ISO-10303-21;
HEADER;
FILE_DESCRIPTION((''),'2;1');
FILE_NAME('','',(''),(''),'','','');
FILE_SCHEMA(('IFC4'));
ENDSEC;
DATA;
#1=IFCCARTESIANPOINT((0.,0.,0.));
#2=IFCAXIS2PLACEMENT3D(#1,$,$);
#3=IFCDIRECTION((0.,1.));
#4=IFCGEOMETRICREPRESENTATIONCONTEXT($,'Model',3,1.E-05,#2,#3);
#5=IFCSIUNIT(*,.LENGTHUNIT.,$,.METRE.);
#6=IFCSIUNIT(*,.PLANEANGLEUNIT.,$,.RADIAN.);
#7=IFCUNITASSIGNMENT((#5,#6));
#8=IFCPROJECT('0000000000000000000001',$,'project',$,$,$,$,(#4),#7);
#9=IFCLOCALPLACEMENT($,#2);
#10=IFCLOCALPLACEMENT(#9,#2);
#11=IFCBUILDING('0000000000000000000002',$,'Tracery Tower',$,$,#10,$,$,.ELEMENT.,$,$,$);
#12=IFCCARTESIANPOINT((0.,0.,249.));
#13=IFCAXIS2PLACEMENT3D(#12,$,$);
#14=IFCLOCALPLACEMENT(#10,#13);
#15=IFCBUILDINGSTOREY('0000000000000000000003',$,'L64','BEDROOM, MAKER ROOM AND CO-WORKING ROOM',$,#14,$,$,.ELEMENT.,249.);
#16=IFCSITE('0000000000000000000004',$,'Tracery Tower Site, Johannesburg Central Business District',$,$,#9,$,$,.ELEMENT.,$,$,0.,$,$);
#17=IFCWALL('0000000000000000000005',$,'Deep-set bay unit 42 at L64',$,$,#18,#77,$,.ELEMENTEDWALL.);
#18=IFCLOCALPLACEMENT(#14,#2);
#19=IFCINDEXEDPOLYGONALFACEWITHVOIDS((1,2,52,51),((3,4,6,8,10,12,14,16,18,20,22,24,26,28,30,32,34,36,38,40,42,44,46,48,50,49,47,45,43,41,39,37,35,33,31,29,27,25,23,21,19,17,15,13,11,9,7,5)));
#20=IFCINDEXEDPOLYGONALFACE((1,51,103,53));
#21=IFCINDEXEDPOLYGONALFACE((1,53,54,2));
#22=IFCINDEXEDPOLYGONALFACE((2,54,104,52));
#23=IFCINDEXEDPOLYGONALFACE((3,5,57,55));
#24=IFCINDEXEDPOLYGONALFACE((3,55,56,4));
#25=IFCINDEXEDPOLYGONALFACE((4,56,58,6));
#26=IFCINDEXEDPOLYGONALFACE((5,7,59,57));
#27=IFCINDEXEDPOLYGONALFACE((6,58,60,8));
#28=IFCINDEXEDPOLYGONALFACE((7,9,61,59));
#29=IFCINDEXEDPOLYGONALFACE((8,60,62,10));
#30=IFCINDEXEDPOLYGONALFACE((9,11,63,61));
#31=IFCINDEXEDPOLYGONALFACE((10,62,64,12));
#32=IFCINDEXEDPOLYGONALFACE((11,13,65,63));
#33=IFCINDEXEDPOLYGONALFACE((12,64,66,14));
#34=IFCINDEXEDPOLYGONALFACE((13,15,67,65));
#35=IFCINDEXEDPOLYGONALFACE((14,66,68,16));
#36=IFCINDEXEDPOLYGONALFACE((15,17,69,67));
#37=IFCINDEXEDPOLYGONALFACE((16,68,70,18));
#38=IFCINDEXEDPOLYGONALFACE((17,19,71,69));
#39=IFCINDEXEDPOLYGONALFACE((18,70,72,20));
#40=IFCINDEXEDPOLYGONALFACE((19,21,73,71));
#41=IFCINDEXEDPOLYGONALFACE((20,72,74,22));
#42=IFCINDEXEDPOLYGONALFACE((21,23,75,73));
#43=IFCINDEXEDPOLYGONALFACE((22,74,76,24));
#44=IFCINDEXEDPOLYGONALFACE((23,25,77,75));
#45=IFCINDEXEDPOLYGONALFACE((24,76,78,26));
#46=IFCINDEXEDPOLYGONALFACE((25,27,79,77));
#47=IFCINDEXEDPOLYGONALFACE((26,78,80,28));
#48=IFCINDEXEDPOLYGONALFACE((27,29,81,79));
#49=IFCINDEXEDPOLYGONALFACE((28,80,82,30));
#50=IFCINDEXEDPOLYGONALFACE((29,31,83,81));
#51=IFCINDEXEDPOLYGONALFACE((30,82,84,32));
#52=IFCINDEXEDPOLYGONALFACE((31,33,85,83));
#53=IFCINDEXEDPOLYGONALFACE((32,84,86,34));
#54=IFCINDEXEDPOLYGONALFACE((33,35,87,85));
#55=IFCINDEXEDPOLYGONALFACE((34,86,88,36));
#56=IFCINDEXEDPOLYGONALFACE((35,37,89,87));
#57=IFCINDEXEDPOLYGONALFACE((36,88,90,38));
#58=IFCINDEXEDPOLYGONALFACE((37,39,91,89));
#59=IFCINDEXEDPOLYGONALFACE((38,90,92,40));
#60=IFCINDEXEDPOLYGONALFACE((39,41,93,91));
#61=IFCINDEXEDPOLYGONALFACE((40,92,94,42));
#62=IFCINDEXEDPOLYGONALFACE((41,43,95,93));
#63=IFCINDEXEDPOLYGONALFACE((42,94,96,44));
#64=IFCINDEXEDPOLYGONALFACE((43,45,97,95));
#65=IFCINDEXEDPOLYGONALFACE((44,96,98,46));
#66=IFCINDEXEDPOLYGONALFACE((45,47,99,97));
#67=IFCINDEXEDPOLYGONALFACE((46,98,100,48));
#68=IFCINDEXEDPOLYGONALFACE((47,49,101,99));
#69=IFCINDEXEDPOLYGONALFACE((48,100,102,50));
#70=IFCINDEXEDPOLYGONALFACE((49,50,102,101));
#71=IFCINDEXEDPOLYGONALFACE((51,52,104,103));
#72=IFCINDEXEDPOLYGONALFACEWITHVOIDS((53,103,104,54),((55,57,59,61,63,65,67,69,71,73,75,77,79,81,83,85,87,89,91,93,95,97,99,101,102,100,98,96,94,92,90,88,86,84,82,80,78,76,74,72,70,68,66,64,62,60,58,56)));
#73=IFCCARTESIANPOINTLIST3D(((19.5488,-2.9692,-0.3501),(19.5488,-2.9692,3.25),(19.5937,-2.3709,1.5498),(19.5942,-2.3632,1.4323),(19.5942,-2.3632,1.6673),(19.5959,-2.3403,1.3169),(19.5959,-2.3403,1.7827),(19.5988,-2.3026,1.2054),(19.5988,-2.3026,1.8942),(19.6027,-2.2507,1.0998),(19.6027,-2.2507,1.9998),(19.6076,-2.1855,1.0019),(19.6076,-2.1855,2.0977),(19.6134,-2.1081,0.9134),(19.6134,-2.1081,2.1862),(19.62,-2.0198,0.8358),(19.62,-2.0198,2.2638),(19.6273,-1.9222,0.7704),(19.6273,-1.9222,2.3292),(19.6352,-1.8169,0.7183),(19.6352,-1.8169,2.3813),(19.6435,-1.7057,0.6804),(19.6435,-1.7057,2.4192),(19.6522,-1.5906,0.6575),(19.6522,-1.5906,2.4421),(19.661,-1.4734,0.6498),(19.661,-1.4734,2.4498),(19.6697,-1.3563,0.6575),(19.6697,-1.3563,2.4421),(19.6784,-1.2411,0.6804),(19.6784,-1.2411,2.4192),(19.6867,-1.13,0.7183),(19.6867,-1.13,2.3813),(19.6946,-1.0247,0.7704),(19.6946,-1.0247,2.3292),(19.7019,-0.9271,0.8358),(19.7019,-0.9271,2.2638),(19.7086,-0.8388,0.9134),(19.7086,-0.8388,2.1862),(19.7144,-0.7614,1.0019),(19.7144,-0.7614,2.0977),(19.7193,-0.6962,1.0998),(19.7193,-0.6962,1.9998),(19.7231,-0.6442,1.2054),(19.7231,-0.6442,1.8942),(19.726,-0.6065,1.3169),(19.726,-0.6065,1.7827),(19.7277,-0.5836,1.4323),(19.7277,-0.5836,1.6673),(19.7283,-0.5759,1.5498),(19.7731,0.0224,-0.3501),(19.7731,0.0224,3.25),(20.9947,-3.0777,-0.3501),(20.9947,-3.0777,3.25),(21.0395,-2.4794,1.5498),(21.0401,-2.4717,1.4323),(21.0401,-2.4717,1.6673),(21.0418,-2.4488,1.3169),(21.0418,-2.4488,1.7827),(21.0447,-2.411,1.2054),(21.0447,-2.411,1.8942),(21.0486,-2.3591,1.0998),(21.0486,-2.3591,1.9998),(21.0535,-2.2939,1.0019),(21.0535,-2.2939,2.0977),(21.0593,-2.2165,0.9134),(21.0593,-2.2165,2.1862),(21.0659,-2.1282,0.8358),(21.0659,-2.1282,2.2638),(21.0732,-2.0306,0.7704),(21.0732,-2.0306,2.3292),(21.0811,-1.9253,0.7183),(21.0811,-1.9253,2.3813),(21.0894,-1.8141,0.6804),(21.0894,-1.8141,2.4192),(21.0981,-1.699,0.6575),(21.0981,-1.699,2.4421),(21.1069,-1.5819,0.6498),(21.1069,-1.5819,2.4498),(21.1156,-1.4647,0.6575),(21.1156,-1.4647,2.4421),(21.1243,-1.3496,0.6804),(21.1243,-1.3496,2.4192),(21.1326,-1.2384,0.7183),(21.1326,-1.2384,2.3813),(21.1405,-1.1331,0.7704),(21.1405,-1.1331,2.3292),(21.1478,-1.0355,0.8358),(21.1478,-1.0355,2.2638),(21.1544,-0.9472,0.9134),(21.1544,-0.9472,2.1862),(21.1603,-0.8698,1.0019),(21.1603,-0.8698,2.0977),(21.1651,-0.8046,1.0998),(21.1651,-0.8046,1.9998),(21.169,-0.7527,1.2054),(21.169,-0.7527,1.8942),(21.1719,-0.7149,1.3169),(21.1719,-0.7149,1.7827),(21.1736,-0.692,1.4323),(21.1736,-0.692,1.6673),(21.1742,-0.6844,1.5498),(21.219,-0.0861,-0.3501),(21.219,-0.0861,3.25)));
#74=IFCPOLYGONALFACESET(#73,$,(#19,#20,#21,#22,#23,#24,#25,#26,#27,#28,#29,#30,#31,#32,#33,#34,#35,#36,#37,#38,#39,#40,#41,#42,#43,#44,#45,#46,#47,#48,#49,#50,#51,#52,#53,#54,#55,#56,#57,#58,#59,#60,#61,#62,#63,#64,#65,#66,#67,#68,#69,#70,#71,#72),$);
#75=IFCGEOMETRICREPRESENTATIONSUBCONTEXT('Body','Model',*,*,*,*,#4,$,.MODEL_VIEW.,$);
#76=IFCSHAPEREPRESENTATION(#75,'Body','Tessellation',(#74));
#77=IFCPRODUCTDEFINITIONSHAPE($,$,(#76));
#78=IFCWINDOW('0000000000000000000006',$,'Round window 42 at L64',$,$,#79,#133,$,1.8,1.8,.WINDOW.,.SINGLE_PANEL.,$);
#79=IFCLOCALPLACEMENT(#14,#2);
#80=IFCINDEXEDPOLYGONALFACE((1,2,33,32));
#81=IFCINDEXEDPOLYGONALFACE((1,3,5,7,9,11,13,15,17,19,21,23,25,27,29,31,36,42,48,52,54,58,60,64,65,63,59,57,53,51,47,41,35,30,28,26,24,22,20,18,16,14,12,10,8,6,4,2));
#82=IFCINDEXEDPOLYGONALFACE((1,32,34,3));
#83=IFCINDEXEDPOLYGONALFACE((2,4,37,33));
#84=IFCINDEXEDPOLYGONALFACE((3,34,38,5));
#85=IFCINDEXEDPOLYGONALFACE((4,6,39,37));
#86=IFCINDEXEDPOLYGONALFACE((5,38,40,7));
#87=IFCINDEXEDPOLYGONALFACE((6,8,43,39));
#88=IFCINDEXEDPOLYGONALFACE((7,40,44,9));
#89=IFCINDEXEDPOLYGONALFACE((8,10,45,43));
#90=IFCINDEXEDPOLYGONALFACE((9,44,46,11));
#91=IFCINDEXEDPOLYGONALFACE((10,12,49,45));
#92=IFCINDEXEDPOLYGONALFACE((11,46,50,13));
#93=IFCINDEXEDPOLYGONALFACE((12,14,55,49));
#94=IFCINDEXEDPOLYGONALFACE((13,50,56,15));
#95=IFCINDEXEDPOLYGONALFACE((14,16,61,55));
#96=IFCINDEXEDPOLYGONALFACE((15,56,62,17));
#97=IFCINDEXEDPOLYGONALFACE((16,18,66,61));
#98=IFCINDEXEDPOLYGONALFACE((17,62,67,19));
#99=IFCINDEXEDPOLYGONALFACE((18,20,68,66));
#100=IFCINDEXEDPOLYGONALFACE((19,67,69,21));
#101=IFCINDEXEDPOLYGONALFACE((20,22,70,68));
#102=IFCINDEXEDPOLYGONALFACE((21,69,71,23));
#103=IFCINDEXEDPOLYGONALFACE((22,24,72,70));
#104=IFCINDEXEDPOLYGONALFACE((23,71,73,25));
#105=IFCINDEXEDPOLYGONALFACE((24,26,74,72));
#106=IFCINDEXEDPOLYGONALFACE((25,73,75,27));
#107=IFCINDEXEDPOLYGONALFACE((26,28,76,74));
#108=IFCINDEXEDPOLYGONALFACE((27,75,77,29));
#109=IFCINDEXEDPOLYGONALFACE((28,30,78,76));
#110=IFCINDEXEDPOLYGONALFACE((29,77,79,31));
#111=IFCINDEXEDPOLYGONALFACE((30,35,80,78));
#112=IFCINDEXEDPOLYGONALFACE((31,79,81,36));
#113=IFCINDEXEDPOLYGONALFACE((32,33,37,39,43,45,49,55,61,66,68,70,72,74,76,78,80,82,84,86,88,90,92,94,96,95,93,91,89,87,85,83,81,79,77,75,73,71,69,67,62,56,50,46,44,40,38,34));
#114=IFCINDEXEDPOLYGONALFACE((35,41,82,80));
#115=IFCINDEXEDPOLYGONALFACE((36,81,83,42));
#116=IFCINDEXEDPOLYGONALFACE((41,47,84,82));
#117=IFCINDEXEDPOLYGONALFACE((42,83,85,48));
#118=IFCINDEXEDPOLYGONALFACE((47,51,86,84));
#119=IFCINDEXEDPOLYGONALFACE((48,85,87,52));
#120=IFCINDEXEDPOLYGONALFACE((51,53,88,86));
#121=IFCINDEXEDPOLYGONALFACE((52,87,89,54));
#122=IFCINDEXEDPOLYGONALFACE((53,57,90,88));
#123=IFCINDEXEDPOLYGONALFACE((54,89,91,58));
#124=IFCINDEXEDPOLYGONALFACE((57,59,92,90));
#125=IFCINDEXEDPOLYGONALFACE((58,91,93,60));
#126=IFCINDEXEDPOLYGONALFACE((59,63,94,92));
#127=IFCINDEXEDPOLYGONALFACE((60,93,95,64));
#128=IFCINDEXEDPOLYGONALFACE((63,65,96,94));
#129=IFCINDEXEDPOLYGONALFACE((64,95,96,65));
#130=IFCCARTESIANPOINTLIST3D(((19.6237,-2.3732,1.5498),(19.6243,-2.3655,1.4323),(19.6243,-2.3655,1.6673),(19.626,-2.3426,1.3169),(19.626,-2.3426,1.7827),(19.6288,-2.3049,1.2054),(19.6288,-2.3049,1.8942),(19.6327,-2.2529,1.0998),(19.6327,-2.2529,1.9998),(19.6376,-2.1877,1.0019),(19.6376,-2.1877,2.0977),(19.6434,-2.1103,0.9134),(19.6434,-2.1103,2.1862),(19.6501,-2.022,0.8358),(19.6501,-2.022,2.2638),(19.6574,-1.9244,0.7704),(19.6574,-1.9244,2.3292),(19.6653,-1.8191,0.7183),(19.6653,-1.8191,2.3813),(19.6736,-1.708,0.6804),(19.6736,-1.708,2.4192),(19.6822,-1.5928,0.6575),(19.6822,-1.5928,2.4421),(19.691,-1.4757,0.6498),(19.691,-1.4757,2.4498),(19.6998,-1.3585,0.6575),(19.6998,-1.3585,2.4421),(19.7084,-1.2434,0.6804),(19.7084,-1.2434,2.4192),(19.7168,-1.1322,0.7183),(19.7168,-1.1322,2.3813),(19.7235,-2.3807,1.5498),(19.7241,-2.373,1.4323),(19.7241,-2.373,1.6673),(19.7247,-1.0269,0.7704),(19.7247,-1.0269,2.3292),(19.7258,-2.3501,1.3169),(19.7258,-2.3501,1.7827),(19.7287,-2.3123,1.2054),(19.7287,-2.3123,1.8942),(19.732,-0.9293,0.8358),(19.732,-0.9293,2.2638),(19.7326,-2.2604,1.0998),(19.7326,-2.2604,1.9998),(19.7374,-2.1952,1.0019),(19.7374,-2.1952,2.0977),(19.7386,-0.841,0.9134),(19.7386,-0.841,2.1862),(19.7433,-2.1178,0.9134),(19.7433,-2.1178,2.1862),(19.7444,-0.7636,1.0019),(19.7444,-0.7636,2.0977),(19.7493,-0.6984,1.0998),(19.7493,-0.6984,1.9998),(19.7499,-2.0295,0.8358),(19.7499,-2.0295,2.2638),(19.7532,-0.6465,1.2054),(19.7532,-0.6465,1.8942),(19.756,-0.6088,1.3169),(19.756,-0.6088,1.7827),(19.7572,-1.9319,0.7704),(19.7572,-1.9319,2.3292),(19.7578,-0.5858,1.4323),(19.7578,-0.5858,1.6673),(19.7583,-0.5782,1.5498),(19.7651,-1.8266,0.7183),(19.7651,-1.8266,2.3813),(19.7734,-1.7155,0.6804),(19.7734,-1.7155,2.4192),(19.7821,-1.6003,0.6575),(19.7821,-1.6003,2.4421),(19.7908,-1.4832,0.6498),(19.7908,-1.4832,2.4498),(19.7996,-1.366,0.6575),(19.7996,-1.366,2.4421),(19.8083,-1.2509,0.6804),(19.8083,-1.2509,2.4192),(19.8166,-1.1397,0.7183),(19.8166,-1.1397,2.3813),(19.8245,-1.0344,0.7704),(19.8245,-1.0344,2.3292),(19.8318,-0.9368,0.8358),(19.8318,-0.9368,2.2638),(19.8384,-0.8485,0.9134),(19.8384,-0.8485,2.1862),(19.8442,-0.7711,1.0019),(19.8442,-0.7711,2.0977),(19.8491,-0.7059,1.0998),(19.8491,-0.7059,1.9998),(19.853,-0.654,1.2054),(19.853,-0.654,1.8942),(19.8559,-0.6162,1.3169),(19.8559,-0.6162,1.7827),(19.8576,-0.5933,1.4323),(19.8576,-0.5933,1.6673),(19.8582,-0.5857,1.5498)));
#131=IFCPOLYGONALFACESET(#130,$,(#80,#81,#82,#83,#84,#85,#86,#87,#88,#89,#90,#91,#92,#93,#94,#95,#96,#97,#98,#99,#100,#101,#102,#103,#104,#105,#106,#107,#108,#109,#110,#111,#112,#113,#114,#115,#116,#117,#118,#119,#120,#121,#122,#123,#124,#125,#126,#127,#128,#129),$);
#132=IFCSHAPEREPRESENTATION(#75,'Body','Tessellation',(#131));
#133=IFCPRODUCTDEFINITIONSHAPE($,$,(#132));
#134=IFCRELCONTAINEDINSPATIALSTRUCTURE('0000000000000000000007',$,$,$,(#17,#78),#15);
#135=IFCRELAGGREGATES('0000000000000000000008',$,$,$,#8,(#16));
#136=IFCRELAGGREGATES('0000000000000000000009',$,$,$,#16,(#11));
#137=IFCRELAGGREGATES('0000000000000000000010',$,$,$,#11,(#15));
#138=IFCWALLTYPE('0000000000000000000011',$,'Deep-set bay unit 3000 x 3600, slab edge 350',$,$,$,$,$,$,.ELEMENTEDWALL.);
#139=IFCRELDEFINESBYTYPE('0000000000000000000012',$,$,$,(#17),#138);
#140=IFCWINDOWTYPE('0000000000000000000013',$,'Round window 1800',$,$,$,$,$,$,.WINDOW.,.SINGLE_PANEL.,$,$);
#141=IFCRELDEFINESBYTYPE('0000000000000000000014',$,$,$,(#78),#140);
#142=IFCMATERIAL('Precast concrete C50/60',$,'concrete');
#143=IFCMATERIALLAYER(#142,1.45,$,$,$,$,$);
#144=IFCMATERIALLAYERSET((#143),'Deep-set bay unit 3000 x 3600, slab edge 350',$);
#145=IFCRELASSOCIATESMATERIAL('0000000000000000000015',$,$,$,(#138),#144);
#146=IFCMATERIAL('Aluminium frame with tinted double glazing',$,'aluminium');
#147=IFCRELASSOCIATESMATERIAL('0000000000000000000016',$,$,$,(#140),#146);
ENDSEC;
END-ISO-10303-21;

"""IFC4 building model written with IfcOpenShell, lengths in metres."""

from ifc_helpers import new_model, si_unit, direction, frame, frame_2d, origin, origin_2d, place, context, subcontext, project, spatial, rectangle, circle, extrude, material, layer, layer_set, type_object, element, fill, save


model = new_model("IFC4")

# Units and contexts
model_context = context("Model", 3, precision=1e-05, world=origin(), true_north=direction((0.0, 1.0)))
body_context = subcontext(model_context, "Body", "Model", "MODEL_VIEW")
ifc_project = project(units=[si_unit("LENGTHUNIT", "METRE"), si_unit("PLANEANGLEUNIT", "RADIAN")], contexts=[model_context])

# Site, building, storey
site_placement = place(None, origin())
site = spatial("IfcSite", under=ifc_project, at=site_placement, Name="Tracery Tower Site, Johannesburg Central Business District", CompositionType="ELEMENT", RefElevation=0.0)
building_placement = place(site_placement, origin())
building = spatial("IfcBuilding", under=site, at=building_placement, Name="Tracery Tower", CompositionType="ELEMENT")
storey_placement = place(building_placement, frame((0.0, 0.0, 249.0)))
storey = spatial("IfcBuildingStorey", under=building, at=storey_placement, Name="L64", Description="BEDROOM, MAKER ROOM AND CO-WORKING ROOM", CompositionType="ELEMENT", Elevation=249.0)

# Wall, opening, window
ifc_material_1 = material(Name="Precast concrete C50/60", Category="concrete")
ifc_layer_1 = layer(ifc_material_1, 1.45)
ifc_layer_set_1 = layer_set([ifc_layer_1], Name="Deep-set bay unit 3000 x 3600, slab edge 350")
wall_type_1 = type_object("IfcWallType", Name="Deep-set bay unit 3000 x 3600, slab edge 350", PredefinedType="ELEMENTEDWALL", material=ifc_layer_set_1)
wall_1_placement = place(storey_placement, frame((20.2717, -3.0234, -0.3501), z_axis=(0.0, 0.0, 1.0), x_axis=(0.074786, 0.9972, 0.0)))
wall_1 = element("IfcWall", 1, at=wall_1_placement, inside=storey, type_object=wall_type_1, Name="Deep-set bay unit 42 at L64", PredefinedType="ELEMENTEDWALL", context=body_context, shape_type="SweptSolid", body=[
    extrude(rectangle(XDim=3.0, YDim=1.45, at=frame_2d((1.5, 0.0))), origin(), (0.0, 0.0, 1.0), 3.6001),
])
opening_1_placement = place(wall_1_placement, frame((1.5, 0.0, 1.8999)))
opening_1 = element("IfcOpeningElement", 2, at=opening_1_placement, cuts=wall_1, PredefinedType="OPENING", context=body_context, shape_type="SweptSolid", body=[
    extrude(circle(Radius=0.9, at=origin_2d()), frame((0.0, 0.7349, 0.0), z_axis=(0.0, -1.0, 0.0), x_axis=(1.0, 0.0, 0.0)), (0.0, 0.0, 1.0), 1.47),
])
ifc_material_2 = material(Name="Aluminium frame with tinted double glazing", Category="aluminium")
window_type = type_object("IfcWindowType", Name="Round window 1800", PartitioningType="SINGLE_PANEL", PredefinedType="WINDOW", material=ifc_material_2)
window_1_placement = place(opening_1_placement, origin())
window_1 = element("IfcWindow", 3, at=window_1_placement, inside=storey, type_object=window_type, Name="Round window 42 at L64", OverallHeight=1.8, OverallWidth=1.8, PartitioningType="SINGLE_PANEL", PredefinedType="WINDOW", context=body_context, shape_type="SweptSolid", body=[
    extrude(circle(Radius=0.9, at=origin_2d()), frame((0.0, 0.6948, 0.0), z_axis=(0.0, -1.0, 0.0), x_axis=(1.0, 0.0, 0.0)), (0.0, 0.0, 1.0), 0.1001),
])
fill(opening_1, window_1)

save(model, "model.ifc")
